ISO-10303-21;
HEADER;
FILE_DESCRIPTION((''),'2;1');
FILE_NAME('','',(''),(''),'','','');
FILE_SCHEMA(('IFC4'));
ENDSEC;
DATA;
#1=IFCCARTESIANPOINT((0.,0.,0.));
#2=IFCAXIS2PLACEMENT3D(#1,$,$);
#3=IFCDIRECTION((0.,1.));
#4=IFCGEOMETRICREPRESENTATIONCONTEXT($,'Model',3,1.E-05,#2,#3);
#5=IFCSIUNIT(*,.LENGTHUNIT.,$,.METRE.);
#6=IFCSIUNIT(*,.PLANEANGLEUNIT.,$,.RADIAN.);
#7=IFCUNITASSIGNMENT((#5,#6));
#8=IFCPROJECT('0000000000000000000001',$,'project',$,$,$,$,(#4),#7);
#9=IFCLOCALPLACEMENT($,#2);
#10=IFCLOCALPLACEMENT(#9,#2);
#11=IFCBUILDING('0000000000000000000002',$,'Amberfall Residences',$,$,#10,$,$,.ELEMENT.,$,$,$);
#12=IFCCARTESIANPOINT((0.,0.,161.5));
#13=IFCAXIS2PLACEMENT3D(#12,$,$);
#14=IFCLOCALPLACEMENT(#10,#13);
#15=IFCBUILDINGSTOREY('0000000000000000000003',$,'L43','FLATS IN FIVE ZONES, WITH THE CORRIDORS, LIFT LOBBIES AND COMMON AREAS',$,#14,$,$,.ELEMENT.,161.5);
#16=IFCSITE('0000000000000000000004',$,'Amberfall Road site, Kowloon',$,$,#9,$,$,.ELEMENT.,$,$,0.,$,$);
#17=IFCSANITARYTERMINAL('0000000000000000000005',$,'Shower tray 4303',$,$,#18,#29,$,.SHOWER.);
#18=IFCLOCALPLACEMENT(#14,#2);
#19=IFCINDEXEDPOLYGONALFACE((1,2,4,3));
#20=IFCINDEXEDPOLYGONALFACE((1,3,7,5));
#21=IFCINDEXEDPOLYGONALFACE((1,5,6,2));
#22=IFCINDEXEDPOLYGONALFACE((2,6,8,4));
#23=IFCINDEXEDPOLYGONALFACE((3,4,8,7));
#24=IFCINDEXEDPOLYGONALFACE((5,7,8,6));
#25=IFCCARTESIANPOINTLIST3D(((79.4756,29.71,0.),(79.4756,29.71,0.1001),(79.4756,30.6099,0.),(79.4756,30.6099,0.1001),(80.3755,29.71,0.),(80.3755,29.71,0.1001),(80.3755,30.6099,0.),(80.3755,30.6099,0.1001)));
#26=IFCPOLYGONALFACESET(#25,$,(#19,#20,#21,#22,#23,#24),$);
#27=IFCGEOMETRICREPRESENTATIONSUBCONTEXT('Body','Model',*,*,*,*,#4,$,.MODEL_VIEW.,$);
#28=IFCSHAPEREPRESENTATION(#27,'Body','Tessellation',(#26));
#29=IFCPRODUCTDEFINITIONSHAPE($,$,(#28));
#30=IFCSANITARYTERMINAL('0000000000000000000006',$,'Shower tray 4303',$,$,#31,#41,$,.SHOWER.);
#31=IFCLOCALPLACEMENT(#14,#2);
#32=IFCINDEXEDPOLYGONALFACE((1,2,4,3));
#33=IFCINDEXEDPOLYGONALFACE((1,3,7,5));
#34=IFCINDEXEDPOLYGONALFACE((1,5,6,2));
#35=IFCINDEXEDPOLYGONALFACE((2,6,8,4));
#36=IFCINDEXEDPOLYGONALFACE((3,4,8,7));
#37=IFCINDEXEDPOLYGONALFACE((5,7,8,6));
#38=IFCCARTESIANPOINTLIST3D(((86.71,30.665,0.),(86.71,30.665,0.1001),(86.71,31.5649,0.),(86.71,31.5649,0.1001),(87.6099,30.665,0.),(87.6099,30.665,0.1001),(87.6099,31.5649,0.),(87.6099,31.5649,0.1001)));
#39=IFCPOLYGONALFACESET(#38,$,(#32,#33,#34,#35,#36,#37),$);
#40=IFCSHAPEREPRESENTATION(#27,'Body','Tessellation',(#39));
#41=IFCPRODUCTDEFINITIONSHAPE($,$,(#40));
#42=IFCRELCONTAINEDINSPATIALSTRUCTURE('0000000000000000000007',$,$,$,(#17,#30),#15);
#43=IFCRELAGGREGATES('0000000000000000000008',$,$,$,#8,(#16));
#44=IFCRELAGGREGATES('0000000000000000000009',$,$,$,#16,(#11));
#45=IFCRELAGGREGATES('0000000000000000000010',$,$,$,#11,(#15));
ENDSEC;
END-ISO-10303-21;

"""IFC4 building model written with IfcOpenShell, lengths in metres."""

from ifc_helpers import new_model, si_unit, direction, frame, origin, origin_2d, place, context, subcontext, project, spatial, rectangle, extrude, element, save


model = new_model("IFC4")

# Units and contexts
model_context = context("Model", 3, precision=1e-05, world=origin(), true_north=direction((0.0, 1.0)))
body_context = subcontext(model_context, "Body", "Model", "MODEL_VIEW")
ifc_project = project(units=[si_unit("LENGTHUNIT", "METRE"), si_unit("PLANEANGLEUNIT", "RADIAN")], contexts=[model_context])

# Site, building, storey
site_placement = place(None, origin())
site = spatial("IfcSite", under=ifc_project, at=site_placement, Name="Amberfall Road site, Kowloon", CompositionType="ELEMENT", RefElevation=0.0)
building_placement = place(site_placement, origin())
building = spatial("IfcBuilding", under=site, at=building_placement, Name="Amberfall Residences", CompositionType="ELEMENT")
storey_placement = place(building_placement, frame((0.0, 0.0, 161.5)))
storey = spatial("IfcBuildingStorey", under=building, at=storey_placement, Name="L43", Description="FLATS IN FIVE ZONES, WITH THE CORRIDORS, LIFT LOBBIES AND COMMON AREAS", CompositionType="ELEMENT", Elevation=161.5)

# Sanitary terminals
for number, where, z_axis, x_axis, name in (
    (1, (79.9255, 30.1599, 0.0), (0.0, 0.0, 1.0), (1.0, 0.0, 0.0), "Shower tray 4303"),
    (2, (87.1599, 31.115, 0.0), (0.0, 0.0, 1.0), (1.0, 0.0, 0.0), "Shower tray 4303"),
):
    element("IfcSanitaryTerminal", number, at=place(storey_placement, frame(where, z_axis=z_axis, x_axis=x_axis)), inside=storey, Name=name, PredefinedType="SHOWER", context=body_context, shape_type="SweptSolid", body=[
        extrude(rectangle(XDim=0.8999, YDim=0.8999, at=origin_2d()), origin(), (0.0, 0.0, 1.0), 0.1001),
    ])

save(model, "model.ifc")
